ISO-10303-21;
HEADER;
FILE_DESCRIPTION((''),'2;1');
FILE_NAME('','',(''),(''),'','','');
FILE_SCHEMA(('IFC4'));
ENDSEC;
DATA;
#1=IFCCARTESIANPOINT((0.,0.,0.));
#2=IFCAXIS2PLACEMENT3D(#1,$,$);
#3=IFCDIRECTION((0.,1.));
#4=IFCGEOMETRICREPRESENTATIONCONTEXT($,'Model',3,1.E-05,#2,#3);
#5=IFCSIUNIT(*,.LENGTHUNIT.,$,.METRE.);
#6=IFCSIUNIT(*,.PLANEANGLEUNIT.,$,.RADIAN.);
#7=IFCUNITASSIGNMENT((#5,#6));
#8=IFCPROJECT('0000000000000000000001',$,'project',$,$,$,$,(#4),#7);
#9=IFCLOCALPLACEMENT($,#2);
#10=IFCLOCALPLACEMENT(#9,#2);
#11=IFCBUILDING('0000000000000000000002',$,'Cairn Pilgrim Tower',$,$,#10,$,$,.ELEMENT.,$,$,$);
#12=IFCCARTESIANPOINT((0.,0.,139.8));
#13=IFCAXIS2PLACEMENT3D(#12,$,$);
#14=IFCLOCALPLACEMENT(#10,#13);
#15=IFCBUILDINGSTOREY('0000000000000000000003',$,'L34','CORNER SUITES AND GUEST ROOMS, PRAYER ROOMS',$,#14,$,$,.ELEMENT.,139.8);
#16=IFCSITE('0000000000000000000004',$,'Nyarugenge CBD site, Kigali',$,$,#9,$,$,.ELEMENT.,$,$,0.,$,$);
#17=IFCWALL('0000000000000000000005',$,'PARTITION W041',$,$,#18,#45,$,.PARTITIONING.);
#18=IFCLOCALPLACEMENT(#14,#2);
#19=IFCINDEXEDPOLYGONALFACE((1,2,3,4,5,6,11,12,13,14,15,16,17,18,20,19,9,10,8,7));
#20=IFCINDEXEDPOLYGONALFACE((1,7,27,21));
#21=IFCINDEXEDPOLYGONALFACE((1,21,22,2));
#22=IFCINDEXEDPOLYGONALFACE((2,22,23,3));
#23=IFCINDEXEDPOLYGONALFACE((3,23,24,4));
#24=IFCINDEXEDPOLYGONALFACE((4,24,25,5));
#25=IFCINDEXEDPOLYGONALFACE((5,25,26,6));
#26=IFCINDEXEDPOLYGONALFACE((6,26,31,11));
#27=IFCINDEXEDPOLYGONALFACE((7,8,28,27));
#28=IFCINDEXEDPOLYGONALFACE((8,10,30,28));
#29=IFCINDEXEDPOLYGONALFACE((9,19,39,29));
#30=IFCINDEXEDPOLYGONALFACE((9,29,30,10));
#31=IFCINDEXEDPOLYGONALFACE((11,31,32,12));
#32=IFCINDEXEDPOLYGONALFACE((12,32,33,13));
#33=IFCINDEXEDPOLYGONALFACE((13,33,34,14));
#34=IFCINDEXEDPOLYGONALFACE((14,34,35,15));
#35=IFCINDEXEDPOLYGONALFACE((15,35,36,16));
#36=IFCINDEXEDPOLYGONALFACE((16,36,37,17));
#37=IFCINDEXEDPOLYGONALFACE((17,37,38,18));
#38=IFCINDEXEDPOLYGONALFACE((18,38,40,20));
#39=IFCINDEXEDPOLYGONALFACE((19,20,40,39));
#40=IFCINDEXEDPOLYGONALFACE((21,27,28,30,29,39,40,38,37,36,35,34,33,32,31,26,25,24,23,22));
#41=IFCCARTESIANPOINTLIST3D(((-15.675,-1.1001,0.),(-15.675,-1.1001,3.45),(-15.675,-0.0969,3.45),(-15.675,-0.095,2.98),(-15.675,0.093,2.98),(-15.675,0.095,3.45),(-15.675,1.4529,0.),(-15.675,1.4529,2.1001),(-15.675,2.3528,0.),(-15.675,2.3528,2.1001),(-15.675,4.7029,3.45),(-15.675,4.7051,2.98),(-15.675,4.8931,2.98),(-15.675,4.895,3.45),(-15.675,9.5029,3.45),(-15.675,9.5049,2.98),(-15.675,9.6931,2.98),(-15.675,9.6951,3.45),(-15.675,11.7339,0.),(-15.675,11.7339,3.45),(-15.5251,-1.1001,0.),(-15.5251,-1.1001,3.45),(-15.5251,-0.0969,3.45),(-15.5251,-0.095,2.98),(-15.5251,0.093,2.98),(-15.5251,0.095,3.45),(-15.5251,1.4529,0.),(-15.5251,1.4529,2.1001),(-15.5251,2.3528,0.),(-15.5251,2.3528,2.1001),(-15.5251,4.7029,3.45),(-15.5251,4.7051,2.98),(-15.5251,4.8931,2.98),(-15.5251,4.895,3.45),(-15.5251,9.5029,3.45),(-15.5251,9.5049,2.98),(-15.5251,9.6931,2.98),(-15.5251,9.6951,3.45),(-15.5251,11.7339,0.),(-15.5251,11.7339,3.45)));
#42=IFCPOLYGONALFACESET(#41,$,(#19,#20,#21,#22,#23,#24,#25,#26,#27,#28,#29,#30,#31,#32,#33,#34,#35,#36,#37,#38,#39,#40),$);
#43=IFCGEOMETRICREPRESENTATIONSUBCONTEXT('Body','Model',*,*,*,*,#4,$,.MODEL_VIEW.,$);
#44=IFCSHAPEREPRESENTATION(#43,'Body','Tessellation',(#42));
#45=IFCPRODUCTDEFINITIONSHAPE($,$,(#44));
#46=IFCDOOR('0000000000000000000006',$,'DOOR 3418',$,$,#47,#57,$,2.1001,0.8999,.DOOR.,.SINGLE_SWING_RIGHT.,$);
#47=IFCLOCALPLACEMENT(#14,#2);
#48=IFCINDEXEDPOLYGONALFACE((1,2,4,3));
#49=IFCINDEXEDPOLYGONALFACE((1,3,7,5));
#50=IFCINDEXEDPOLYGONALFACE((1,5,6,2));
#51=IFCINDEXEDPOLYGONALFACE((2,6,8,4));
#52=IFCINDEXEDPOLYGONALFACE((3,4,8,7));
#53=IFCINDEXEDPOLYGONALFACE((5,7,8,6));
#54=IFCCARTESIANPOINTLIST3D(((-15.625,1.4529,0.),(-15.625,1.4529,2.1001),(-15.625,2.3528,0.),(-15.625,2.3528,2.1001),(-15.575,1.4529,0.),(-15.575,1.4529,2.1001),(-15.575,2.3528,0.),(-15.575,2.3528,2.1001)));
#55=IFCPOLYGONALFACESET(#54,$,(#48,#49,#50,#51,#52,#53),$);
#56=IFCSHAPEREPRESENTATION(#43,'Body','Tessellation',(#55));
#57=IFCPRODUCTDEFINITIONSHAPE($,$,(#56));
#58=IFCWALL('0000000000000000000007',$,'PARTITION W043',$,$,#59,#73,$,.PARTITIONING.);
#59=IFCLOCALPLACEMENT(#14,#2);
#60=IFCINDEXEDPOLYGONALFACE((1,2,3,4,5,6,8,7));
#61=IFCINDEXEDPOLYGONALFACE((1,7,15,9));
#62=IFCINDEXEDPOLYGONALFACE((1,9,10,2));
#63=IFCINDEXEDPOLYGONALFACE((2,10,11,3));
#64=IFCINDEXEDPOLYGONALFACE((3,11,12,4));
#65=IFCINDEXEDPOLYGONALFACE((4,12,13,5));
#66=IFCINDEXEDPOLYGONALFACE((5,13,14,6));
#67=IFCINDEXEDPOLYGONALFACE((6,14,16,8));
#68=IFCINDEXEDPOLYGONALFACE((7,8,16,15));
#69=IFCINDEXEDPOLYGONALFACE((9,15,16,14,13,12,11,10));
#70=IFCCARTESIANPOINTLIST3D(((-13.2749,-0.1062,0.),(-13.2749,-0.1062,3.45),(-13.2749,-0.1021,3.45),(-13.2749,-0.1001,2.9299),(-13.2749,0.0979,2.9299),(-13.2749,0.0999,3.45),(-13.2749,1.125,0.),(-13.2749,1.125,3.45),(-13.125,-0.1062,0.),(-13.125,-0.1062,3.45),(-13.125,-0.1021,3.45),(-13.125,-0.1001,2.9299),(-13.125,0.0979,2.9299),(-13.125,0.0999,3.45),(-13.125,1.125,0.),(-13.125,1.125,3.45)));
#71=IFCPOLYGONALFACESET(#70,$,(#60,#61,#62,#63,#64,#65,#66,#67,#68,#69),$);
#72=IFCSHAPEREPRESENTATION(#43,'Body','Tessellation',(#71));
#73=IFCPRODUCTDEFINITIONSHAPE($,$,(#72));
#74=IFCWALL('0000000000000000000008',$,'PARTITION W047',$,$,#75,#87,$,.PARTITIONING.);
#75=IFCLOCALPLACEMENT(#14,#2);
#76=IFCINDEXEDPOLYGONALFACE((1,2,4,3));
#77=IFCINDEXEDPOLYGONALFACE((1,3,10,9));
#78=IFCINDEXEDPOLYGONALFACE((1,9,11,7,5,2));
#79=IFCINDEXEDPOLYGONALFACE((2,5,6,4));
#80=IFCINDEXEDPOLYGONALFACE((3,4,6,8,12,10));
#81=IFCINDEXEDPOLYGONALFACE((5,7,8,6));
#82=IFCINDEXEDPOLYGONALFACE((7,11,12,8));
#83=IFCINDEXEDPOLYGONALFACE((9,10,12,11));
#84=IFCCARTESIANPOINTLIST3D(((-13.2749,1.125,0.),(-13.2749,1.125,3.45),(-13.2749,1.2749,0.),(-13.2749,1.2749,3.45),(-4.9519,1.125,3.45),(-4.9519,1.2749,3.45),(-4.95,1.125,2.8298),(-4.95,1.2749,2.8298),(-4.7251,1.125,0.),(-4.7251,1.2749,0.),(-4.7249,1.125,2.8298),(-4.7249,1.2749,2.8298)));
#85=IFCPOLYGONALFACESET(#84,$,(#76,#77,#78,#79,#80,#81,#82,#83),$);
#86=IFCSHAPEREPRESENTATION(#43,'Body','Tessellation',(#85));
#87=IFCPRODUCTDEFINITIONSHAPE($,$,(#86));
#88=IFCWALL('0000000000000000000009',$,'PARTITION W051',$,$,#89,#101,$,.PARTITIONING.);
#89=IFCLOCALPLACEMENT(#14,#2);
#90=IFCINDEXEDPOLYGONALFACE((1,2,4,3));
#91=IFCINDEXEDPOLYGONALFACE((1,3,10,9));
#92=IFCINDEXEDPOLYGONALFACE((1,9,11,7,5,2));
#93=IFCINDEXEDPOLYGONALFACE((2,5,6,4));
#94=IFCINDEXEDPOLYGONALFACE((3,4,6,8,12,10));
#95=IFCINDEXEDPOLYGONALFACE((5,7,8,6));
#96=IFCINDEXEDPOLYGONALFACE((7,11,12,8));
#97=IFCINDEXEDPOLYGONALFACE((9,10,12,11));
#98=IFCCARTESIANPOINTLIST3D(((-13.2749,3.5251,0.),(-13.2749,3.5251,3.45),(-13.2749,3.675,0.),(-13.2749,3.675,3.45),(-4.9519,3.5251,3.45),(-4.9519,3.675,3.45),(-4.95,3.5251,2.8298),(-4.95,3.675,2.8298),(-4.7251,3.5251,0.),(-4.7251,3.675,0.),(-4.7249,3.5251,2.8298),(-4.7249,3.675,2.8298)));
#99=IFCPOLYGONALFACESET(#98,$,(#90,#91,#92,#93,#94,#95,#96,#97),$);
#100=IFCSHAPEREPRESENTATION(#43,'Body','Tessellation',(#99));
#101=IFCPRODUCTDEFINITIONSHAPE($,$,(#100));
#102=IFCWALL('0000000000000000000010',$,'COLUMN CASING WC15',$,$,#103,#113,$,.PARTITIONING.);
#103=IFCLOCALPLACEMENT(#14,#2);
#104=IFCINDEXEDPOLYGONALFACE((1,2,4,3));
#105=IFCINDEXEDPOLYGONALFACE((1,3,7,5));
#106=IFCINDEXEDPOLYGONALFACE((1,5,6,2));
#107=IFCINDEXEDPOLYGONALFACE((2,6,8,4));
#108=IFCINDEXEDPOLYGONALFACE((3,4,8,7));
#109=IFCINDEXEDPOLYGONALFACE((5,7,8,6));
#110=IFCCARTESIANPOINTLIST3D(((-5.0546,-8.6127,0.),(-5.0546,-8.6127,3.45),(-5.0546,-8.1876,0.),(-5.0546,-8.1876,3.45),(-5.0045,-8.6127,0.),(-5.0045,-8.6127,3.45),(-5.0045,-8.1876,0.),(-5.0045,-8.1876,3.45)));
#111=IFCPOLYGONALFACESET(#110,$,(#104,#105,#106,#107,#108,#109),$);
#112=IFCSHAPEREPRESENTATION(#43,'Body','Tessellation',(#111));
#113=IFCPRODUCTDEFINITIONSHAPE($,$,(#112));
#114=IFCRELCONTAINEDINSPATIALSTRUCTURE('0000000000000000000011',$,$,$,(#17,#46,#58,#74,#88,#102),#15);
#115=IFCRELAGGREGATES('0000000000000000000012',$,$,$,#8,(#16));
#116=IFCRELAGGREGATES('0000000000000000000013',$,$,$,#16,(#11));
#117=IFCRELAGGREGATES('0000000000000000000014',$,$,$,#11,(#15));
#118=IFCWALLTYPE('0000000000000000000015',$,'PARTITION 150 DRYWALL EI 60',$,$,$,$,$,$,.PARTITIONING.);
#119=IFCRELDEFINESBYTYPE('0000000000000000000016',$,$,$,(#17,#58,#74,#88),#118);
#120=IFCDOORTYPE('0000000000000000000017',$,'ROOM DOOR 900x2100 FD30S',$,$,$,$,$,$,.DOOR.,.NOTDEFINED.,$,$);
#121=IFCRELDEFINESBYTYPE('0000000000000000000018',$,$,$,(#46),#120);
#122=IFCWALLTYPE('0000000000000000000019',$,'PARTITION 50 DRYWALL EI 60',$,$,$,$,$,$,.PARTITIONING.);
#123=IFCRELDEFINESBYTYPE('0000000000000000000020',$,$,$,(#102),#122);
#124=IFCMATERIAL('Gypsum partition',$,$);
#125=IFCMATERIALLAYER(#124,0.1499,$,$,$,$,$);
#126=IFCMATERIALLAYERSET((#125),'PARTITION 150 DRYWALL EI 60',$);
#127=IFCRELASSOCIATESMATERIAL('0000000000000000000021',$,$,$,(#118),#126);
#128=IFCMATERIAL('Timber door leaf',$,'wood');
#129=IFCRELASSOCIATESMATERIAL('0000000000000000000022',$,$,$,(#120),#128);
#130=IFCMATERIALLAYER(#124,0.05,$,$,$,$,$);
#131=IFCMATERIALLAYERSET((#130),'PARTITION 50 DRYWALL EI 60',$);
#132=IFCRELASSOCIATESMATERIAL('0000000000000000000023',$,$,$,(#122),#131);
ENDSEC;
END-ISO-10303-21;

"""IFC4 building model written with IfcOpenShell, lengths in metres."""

from ifc_helpers import new_model, si_unit, direction, frame, frame_2d, origin, place, context, subcontext, project, spatial, polyline, rectangle, outline, extrude, material, layer, layer_set, type_object, element, fill, save


model = new_model("IFC4")

# Units and contexts
model_context = context("Model", 3, precision=1e-05, world=origin(), true_north=direction((0.0, 1.0)))
body_context = subcontext(model_context, "Body", "Model", "MODEL_VIEW")
ifc_project = project(units=[si_unit("LENGTHUNIT", "METRE"), si_unit("PLANEANGLEUNIT", "RADIAN")], contexts=[model_context])

# Site, building, storey
site_placement = place(None, origin())
site = spatial("IfcSite", under=ifc_project, at=site_placement, Name="Nyarugenge CBD site, Kigali", CompositionType="ELEMENT", RefElevation=0.0)
building_placement = place(site_placement, origin())
building = spatial("IfcBuilding", under=site, at=building_placement, Name="Cairn Pilgrim Tower", CompositionType="ELEMENT")
storey_placement = place(building_placement, frame((0.0, 0.0, 139.8)))
storey = spatial("IfcBuildingStorey", under=building, at=storey_placement, Name="L34", Description="CORNER SUITES AND GUEST ROOMS, PRAYER ROOMS", CompositionType="ELEMENT", Elevation=139.8)

# Shared definitions
ifc_material_1 = material(Name="Gypsum partition")
ifc_material_2 = material(Name="Timber door leaf", Category="wood")

# Shared definitions
ifc_layer_1 = layer(ifc_material_1, 0.1499)
ifc_layer_set_1 = layer_set([ifc_layer_1], Name="PARTITION 150 DRYWALL EI 60")
wall_type_1 = type_object("IfcWallType", Name="PARTITION 150 DRYWALL EI 60", PredefinedType="PARTITIONING", material=ifc_layer_set_1)

# Wall, opening, door
wall_1_placement = place(storey_placement, frame((-15.6001, -1.1001, 0.0), z_axis=(0.0, 0.0, 1.0), x_axis=(0.0, 1.0, 0.0)))
wall_1 = element("IfcWall", 1, at=wall_1_placement, inside=storey, type_object=wall_type_1, Name="PARTITION W041", PredefinedType="PARTITIONING", context=body_context, shape_type="SweptSolid", body=[
    extrude(outline(polyline([(0.0, 0.0), (12.834, 0.0), (12.834, 3.45), (10.7952, 3.45), (10.7932, 2.98), (10.605, 2.98), (10.603, 3.45), (5.9951, 3.45), (5.9932, 2.98), (5.8052, 2.98), (5.803, 3.45), (1.1951, 3.45), (1.1931, 2.98), (1.0051, 2.98), (1.0032, 3.45), (0.0, 3.45), (0.0, 0.0)])), frame((0.0, 0.075, 0.0), z_axis=(0.0, -1.0, 0.0), x_axis=(1.0, 0.0, 0.0)), (0.0, 0.0, 1.0), 0.1499),
])
opening_1_placement = place(wall_1_placement, frame((2.553, 0.0, 0.0)))
opening_1 = element("IfcOpeningElement", 2, at=opening_1_placement, cuts=wall_1, PredefinedType="OPENING", context=body_context, shape_type="SweptSolid", body=[
    extrude(rectangle(XDim=0.8999, YDim=2.1001, at=frame_2d((0.45, 1.05))), frame((0.0, 0.085, 0.0), z_axis=(0.0, -1.0, 0.0), x_axis=(1.0, 0.0, 0.0)), (0.0, 0.0, 1.0), 0.1699),
])
door_type_1 = type_object("IfcDoorType", Name="ROOM DOOR 900x2100 FD30S", OperationType="NOTDEFINED", PredefinedType="DOOR", material=ifc_material_2)
door_1_placement = place(opening_1_placement, origin())
door_1 = element("IfcDoor", 3, at=door_1_placement, inside=storey, type_object=door_type_1, Name="DOOR 3418", OperationType="SINGLE_SWING_RIGHT", OverallHeight=2.1001, OverallWidth=0.8999, PredefinedType="DOOR", context=body_context, shape_type="SweptSolid", body=[
    extrude(rectangle(XDim=0.8999, YDim=2.1001, at=frame_2d((0.45, 1.05))), frame((0.0, 0.0249, 0.0), z_axis=(0.0, -1.0, 0.0), x_axis=(1.0, 0.0, 0.0)), (0.0, 0.0, 1.0), 0.05),
])
fill(opening_1, door_1)

# Walls
wall_2_placement = place(storey_placement, frame((-13.2, -0.1062, 0.0), z_axis=(0.0, 0.0, 1.0), x_axis=(0.0, 1.0, 0.0)))
element("IfcWall", 4, at=wall_2_placement, inside=storey, type_object=wall_type_1, Name="PARTITION W043", PredefinedType="PARTITIONING", context=body_context, shape_type="SweptSolid", body=[
    extrude(outline(polyline([(0.0, 0.0), (1.2312, 0.0), (1.2312, 3.45), (0.2061, 3.45), (0.2041, 2.9299), (0.0061, 2.9299), (0.0042, 3.45), (0.0, 3.45), (0.0, 0.0)])), frame((0.0, 0.075, 0.0), z_axis=(0.0, -1.0, 0.0), x_axis=(1.0, 0.0, 0.0)), (0.0, 0.0, 1.0), 0.1499),
])
for number, where, z_axis, x_axis, name in (
    (5, (-13.2749, 1.2, 0.0), (0.0, 0.0, 1.0), (1.0, 0.0, 0.0), "PARTITION W047"),
    (6, (-13.2749, 3.6001, 0.0), (0.0, 0.0, 1.0), (1.0, 0.0, 0.0), "PARTITION W051"),
):
    element("IfcWall", number, at=place(storey_placement, frame(where, z_axis=z_axis, x_axis=x_axis)), inside=storey, type_object=wall_type_1, Name=name, PredefinedType="PARTITIONING", context=body_context, shape_type="SweptSolid", body=[
        extrude(outline(polyline([(0.0, 0.0), (8.5498, 0.0), (8.55, 2.8298), (8.325, 2.8298), (8.323, 3.45), (0.0, 3.45), (0.0, 0.0)])), frame((0.0, 0.075, 0.0), z_axis=(0.0, -1.0, 0.0), x_axis=(1.0, 0.0, 0.0)), (0.0, 0.0, 1.0), 0.1499),
    ])
ifc_layer_2 = layer(ifc_material_1, 0.05)
ifc_layer_set_2 = layer_set([ifc_layer_2], Name="PARTITION 50 DRYWALL EI 60")
wall_type_2 = type_object("IfcWallType", Name="PARTITION 50 DRYWALL EI 60", PredefinedType="PARTITIONING", material=ifc_layer_set_2)
wall_3_placement = place(storey_placement, frame((-5.0295, -8.6125, 0.0), z_axis=(0.0, 0.0, 1.0), x_axis=(0.0, 1.0, 0.0)))
element("IfcWall", 7, at=wall_3_placement, inside=storey, type_object=wall_type_2, Name="COLUMN CASING WC15", PredefinedType="PARTITIONING", context=body_context, shape_type="SweptSolid", body=[
    extrude(rectangle(XDim=0.425, YDim=0.05, at=frame_2d((0.2124, 0.0))), origin(), (0.0, 0.0, 1.0), 3.45),
])

save(model, "model.ifc")
